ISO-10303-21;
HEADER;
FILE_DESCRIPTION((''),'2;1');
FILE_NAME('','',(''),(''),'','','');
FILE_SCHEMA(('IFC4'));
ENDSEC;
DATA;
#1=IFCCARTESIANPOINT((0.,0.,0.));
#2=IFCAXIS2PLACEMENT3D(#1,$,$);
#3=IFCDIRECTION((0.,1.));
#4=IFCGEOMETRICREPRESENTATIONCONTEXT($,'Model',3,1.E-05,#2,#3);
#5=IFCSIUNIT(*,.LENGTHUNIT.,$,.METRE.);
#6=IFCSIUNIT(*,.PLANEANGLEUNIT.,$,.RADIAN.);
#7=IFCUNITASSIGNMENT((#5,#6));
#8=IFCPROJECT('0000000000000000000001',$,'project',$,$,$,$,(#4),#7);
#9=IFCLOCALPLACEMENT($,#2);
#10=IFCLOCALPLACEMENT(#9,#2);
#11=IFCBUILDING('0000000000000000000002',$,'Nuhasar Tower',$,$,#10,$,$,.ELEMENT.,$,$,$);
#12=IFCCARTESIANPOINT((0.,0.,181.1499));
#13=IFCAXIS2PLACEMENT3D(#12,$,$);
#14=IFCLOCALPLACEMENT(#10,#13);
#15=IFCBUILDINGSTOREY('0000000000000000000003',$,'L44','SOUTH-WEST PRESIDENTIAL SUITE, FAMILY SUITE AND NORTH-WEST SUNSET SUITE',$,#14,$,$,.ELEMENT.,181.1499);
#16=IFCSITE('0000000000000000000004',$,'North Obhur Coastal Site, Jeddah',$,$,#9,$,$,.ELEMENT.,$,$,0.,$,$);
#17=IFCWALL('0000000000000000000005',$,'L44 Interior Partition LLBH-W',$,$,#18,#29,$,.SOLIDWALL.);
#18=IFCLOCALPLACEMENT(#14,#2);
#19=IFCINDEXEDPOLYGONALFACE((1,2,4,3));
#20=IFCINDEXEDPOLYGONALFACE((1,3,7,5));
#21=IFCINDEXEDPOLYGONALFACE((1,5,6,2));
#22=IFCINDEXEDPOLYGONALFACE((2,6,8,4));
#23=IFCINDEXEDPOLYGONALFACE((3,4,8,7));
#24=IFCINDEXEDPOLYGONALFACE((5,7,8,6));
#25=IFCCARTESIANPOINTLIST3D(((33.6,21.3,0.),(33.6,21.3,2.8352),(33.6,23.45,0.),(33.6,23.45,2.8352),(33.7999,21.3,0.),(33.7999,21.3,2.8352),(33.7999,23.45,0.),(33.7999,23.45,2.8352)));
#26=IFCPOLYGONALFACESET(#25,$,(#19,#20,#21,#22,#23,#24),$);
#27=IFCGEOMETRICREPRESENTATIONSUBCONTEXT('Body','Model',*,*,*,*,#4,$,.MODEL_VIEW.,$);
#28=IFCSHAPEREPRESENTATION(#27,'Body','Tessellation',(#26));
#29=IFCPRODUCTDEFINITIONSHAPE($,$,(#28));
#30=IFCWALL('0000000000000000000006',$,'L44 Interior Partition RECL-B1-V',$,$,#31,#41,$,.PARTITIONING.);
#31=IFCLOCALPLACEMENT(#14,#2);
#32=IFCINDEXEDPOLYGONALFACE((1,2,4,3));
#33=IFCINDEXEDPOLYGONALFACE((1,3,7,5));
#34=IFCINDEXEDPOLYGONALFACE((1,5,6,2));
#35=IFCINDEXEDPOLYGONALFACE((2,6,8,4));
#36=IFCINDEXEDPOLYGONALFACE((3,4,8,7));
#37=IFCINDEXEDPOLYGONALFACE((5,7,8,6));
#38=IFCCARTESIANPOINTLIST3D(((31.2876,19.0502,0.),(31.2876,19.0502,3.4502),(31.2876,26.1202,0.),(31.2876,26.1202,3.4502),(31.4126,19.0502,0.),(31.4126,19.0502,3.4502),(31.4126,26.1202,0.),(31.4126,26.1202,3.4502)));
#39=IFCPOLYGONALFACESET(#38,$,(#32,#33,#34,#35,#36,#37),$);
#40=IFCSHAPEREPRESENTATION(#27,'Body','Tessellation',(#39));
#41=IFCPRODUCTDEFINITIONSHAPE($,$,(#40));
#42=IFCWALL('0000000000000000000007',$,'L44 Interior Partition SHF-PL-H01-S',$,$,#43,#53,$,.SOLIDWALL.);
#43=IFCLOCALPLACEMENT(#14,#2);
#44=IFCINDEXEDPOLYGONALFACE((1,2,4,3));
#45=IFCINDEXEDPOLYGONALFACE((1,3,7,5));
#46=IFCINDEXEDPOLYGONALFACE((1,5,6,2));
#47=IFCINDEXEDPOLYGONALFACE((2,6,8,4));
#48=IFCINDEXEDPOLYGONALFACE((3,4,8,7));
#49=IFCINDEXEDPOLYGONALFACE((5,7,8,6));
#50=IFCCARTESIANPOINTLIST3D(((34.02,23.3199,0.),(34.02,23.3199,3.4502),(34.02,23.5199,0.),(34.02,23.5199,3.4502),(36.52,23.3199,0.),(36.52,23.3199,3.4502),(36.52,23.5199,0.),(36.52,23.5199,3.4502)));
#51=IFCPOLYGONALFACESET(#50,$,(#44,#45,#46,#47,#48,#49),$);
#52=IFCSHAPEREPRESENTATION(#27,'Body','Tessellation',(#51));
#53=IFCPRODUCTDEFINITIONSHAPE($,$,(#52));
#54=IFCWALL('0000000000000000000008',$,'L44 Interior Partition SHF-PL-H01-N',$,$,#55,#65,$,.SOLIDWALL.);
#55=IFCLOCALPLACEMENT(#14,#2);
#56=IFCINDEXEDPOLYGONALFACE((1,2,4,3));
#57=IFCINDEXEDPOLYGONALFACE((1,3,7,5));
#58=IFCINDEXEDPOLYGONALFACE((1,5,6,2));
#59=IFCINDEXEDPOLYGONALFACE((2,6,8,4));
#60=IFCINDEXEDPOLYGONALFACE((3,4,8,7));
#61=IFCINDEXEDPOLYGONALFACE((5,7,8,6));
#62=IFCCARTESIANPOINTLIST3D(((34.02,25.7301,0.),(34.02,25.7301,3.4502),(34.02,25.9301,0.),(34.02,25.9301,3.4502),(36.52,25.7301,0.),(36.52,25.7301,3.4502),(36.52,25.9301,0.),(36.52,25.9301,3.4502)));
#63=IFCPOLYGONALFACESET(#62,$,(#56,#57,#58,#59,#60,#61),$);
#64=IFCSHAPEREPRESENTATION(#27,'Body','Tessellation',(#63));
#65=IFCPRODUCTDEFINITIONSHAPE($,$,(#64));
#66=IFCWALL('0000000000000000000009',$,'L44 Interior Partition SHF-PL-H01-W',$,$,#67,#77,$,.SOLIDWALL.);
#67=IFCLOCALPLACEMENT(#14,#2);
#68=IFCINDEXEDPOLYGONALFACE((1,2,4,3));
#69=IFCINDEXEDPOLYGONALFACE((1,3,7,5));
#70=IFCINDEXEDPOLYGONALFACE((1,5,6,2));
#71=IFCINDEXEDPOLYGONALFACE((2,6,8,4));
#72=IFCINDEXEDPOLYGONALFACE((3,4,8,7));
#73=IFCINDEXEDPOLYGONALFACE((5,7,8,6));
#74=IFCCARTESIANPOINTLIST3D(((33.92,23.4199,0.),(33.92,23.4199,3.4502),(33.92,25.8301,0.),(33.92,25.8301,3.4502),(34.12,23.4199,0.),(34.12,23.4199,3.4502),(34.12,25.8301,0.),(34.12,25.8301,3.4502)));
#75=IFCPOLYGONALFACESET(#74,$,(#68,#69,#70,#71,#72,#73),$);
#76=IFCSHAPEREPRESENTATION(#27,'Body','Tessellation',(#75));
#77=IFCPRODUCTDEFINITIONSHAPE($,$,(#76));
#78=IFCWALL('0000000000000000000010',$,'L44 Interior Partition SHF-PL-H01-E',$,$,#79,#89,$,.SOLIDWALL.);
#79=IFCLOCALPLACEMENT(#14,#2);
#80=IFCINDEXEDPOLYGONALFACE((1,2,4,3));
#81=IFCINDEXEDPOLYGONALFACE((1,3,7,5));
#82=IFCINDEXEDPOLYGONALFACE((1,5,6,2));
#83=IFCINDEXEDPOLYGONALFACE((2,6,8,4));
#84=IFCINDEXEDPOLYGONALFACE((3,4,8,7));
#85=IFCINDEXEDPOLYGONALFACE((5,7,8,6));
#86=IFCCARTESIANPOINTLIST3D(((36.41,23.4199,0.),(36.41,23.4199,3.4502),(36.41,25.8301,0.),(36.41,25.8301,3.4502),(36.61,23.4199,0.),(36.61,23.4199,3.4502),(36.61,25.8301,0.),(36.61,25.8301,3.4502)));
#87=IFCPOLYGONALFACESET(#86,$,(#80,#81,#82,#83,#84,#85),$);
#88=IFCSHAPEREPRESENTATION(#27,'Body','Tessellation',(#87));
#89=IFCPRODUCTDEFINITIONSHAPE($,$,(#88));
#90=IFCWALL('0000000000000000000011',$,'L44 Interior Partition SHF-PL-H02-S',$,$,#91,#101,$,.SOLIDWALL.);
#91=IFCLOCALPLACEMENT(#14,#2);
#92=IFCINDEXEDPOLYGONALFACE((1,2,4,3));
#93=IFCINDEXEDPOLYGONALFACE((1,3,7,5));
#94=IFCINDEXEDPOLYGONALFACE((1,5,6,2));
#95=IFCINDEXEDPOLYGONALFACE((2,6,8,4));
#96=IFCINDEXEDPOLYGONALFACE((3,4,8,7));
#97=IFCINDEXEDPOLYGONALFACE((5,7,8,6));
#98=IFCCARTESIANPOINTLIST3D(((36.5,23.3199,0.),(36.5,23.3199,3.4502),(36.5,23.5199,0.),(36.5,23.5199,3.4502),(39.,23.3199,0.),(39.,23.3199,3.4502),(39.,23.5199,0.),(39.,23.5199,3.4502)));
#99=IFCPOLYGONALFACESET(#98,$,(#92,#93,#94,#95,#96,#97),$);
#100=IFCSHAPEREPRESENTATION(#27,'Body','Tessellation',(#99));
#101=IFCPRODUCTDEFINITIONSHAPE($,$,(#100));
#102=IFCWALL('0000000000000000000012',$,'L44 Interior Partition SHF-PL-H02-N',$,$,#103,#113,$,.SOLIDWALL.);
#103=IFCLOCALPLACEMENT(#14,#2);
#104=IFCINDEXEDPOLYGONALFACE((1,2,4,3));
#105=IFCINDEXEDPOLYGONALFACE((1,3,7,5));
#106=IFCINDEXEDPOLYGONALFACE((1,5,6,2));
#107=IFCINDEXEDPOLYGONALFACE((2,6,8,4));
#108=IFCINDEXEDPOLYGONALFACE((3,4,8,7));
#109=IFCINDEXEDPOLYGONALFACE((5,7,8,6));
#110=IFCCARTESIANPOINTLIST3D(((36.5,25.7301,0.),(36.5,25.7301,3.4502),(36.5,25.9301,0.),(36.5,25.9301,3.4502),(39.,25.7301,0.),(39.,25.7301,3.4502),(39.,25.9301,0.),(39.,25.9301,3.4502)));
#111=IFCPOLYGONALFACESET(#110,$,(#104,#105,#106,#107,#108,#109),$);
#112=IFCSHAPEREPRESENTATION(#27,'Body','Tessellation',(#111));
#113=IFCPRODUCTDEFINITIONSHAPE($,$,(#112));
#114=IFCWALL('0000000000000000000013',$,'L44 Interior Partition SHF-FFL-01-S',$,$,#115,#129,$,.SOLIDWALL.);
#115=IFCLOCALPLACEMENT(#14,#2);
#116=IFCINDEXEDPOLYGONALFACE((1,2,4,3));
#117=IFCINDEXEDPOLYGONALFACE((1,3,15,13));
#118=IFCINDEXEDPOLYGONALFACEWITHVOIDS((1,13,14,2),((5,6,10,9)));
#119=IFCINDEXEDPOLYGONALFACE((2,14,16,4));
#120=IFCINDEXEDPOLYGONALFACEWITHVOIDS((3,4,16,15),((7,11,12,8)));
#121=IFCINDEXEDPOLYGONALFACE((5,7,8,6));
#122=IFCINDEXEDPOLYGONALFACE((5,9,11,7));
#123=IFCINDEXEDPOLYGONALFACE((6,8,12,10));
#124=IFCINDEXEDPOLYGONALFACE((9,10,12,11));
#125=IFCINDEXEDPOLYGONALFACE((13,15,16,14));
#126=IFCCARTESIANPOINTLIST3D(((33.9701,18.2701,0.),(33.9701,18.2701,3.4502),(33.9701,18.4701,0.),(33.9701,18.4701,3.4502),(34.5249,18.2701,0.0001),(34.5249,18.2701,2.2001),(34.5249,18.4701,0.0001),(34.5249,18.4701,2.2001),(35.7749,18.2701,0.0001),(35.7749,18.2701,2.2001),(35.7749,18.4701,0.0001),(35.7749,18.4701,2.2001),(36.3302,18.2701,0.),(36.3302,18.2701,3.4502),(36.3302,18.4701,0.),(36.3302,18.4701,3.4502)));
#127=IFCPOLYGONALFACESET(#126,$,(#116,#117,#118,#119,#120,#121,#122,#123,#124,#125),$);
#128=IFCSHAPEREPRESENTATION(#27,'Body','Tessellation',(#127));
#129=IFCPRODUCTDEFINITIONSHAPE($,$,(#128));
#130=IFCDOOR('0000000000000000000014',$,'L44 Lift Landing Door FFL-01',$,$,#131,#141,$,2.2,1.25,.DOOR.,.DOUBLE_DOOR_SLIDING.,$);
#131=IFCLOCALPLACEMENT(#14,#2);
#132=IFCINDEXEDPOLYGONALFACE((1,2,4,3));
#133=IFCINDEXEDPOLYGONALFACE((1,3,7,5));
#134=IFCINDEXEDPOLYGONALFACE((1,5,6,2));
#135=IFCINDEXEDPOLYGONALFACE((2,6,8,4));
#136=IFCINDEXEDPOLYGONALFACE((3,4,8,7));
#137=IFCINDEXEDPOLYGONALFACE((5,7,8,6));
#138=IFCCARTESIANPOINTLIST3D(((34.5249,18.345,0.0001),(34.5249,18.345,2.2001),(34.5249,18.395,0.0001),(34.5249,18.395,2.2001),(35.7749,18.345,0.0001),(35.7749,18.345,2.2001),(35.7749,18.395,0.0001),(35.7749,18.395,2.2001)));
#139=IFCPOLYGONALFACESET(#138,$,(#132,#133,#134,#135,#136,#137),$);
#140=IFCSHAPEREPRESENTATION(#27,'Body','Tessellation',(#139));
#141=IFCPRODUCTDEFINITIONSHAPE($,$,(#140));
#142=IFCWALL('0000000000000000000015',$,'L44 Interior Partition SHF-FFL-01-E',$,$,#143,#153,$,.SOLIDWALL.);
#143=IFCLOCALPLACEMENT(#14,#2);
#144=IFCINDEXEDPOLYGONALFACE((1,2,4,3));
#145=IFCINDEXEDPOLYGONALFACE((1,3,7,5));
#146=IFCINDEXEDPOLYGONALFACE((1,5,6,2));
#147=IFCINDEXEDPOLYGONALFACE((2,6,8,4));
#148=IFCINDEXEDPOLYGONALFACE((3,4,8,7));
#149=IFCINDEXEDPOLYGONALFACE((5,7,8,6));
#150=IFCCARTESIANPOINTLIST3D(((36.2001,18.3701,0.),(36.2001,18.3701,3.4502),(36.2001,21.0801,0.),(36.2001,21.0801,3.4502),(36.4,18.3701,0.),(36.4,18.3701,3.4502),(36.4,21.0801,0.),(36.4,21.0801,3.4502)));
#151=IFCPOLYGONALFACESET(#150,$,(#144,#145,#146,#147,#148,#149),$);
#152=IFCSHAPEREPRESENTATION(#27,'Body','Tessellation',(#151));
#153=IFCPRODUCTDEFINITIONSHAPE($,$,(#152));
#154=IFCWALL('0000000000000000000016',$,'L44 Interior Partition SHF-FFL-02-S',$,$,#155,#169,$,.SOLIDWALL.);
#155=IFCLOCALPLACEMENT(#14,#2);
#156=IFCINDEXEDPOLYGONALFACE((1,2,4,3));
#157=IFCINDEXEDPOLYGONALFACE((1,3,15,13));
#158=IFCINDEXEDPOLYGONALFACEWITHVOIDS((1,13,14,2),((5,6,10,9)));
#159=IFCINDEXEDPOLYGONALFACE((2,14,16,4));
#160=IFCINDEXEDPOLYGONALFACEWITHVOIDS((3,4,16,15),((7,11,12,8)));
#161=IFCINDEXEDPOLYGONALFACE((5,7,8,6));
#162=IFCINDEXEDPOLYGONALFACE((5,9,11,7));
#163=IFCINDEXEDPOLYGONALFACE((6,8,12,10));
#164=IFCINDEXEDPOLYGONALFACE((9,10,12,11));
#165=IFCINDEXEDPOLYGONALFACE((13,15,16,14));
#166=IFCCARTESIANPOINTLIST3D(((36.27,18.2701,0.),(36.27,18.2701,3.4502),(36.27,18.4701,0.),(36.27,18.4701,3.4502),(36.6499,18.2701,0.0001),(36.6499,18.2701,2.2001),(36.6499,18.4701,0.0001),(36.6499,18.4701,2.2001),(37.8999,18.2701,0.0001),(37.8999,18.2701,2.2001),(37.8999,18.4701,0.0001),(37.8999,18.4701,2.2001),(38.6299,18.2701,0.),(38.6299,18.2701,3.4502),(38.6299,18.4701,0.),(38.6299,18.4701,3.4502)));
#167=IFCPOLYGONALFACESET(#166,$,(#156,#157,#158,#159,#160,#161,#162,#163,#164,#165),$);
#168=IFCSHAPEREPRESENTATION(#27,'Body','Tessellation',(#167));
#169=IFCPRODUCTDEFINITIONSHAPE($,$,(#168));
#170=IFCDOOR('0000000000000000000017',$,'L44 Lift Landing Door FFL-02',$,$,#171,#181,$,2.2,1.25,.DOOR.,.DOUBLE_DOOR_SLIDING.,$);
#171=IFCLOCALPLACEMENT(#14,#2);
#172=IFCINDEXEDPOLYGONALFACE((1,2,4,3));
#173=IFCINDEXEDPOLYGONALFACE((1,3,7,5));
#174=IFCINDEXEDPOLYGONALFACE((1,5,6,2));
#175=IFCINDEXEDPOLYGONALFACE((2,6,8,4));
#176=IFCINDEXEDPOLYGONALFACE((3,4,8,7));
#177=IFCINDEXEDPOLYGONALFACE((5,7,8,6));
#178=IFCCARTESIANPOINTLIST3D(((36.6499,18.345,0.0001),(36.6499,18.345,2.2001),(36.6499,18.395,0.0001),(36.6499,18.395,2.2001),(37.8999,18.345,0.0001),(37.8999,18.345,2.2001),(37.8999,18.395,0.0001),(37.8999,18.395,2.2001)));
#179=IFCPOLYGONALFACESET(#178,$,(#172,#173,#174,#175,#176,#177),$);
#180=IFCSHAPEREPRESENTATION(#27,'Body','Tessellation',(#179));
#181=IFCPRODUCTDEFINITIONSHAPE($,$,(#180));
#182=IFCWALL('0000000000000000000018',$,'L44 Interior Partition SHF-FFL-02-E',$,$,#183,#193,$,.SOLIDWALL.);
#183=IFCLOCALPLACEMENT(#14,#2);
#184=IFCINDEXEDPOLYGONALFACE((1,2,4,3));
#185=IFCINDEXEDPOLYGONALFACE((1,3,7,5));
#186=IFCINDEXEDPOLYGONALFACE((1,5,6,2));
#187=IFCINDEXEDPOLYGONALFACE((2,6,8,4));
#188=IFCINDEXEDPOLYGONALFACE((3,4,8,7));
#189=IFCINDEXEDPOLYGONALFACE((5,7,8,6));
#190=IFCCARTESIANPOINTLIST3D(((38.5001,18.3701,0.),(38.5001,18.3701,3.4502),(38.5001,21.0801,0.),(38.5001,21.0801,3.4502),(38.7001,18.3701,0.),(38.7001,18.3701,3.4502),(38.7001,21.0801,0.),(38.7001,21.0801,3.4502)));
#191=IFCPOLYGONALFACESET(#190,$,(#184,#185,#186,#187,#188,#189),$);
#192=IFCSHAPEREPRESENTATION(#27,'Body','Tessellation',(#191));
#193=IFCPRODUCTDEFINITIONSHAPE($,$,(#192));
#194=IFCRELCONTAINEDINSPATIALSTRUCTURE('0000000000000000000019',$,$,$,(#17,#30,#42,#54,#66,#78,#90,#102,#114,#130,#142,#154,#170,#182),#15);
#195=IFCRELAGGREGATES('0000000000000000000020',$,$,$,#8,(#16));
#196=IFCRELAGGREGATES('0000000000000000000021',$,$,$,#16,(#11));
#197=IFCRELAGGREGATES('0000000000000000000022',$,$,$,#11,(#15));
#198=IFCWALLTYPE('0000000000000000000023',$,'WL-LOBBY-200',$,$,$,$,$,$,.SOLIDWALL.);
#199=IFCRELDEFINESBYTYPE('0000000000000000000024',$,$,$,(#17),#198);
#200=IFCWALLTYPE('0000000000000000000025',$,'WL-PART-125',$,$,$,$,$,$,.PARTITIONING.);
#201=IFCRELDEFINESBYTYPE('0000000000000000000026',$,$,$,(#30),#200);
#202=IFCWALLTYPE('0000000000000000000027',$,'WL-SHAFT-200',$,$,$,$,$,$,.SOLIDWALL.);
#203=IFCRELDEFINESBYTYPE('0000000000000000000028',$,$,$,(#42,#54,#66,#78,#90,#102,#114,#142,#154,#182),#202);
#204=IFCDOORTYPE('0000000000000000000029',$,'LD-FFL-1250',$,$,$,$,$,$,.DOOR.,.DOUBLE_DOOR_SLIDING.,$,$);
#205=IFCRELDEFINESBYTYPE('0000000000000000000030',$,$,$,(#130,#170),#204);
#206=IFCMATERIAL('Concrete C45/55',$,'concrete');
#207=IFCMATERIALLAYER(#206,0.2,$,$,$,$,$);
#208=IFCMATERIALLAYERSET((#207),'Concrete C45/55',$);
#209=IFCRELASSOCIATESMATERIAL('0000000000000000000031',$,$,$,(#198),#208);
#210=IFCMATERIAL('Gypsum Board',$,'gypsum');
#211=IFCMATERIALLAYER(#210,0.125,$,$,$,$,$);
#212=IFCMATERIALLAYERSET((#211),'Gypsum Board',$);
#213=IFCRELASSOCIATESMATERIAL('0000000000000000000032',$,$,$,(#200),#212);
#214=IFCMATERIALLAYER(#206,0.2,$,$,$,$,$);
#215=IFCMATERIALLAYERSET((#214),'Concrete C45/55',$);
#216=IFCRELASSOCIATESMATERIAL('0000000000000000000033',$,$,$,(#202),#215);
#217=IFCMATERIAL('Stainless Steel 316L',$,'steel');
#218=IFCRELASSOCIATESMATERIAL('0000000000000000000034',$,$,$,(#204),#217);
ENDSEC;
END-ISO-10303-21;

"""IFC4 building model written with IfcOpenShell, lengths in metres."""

from ifc_helpers import new_model, si_unit, direction, frame, frame_2d, origin, place, context, subcontext, project, spatial, rectangle, extrude, material, layer, layer_set, type_object, element, fill, save


model = new_model("IFC4")

# Units and contexts
model_context = context("Model", 3, precision=1e-05, world=origin(), true_north=direction((0.0, 1.0)))
body_context = subcontext(model_context, "Body", "Model", "MODEL_VIEW")
ifc_project = project(units=[si_unit("LENGTHUNIT", "METRE"), si_unit("PLANEANGLEUNIT", "RADIAN")], contexts=[model_context])

# Site, building, storey
site_placement = place(None, origin())
site = spatial("IfcSite", under=ifc_project, at=site_placement, Name="North Obhur Coastal Site, Jeddah", CompositionType="ELEMENT", RefElevation=0.0)
building_placement = place(site_placement, origin())
building = spatial("IfcBuilding", under=site, at=building_placement, Name="Nuhasar Tower", CompositionType="ELEMENT")
storey_placement = place(building_placement, frame((0.0, 0.0, 181.1499)))
storey = spatial("IfcBuildingStorey", under=building, at=storey_placement, Name="L44", Description="SOUTH-WEST PRESIDENTIAL SUITE, FAMILY SUITE AND NORTH-WEST SUNSET SUITE", CompositionType="ELEMENT", Elevation=181.1499)

# Shared definitions
ifc_material_1 = material(Name="Gypsum Board", Category="gypsum")

# Walls
ifc_material_2 = material(Name="Concrete C45/55", Category="concrete")
ifc_layer_1 = layer(ifc_material_2, 0.2)
ifc_layer_set_1 = layer_set([ifc_layer_1], Name="Concrete C45/55")
wall_type_1 = type_object("IfcWallType", Name="WL-LOBBY-200", PredefinedType="SOLIDWALL", material=ifc_layer_set_1)
wall_1_placement = place(storey_placement, frame((33.7, 21.3, 0.0), z_axis=(0.0, 0.0, 1.0), x_axis=(0.0, 1.0, 0.0)))
element("IfcWall", 1, at=wall_1_placement, inside=storey, type_object=wall_type_1, Name="L44 Interior Partition LLBH-W", PredefinedType="SOLIDWALL", context=body_context, shape_type="SweptSolid", body=[
    extrude(rectangle(XDim=2.1499, YDim=0.2, at=frame_2d((1.075, 0.0))), origin(), (0.0, 0.0, 1.0), 2.8352),
])
ifc_layer_2 = layer(ifc_material_1, 0.125)
ifc_layer_set_2 = layer_set([ifc_layer_2], Name="Gypsum Board")
wall_type_2 = type_object("IfcWallType", Name="WL-PART-125", PredefinedType="PARTITIONING", material=ifc_layer_set_2)
wall_2_placement = place(storey_placement, frame((31.3501, 19.05, 0.0), z_axis=(0.0, 0.0, 1.0), x_axis=(0.0, 1.0, 0.0)))
element("IfcWall", 2, at=wall_2_placement, inside=storey, type_object=wall_type_2, Name="L44 Interior Partition RECL-B1-V", PredefinedType="PARTITIONING", context=body_context, shape_type="SweptSolid", body=[
    extrude(rectangle(XDim=7.0701, YDim=0.125, at=frame_2d((3.5352, 0.0))), origin(), (0.0, 0.0, 1.0), 3.4502),
])
ifc_layer_3 = layer(ifc_material_2, 0.2)
ifc_layer_set_3 = layer_set([ifc_layer_3], Name="Concrete C45/55")
wall_type_3 = type_object("IfcWallType", Name="WL-SHAFT-200", PredefinedType="SOLIDWALL", material=ifc_layer_set_3)
for number, where, z_axis, x_axis, name in (
    (3, (34.02, 23.4199, 0.0), (0.0, 0.0, 1.0), (1.0, 0.0, 0.0), "L44 Interior Partition SHF-PL-H01-S"),
    (4, (34.02, 25.8301, 0.0), (0.0, 0.0, 1.0), (1.0, 0.0, 0.0), "L44 Interior Partition SHF-PL-H01-N"),
):
    element("IfcWall", number, at=place(storey_placement, frame(where, z_axis=z_axis, x_axis=x_axis)), inside=storey, type_object=wall_type_3, Name=name, PredefinedType="SOLIDWALL", context=body_context, shape_type="SweptSolid", body=[
        extrude(rectangle(XDim=2.5, YDim=0.2, at=frame_2d((1.25, 0.0))), origin(), (0.0, 0.0, 1.0), 3.4502),
    ])
for number, where, z_axis, x_axis, name in (
    (5, (34.02, 23.4199, 0.0), (0.0, 0.0, 1.0), (0.0, 1.0, 0.0), "L44 Interior Partition SHF-PL-H01-W"),
    (6, (36.51, 23.4199, 0.0), (0.0, 0.0, 1.0), (0.0, 1.0, 0.0), "L44 Interior Partition SHF-PL-H01-E"),
):
    element("IfcWall", number, at=place(storey_placement, frame(where, z_axis=z_axis, x_axis=x_axis)), inside=storey, type_object=wall_type_3, Name=name, PredefinedType="SOLIDWALL", context=body_context, shape_type="SweptSolid", body=[
        extrude(rectangle(XDim=2.4102, YDim=0.2, at=frame_2d((1.2051, 0.0))), origin(), (0.0, 0.0, 1.0), 3.4502),
    ])
for number, where, z_axis, x_axis, name in (
    (7, (36.5, 23.4199, 0.0), (0.0, 0.0, 1.0), (1.0, 0.0, 0.0), "L44 Interior Partition SHF-PL-H02-S"),
    (8, (36.5, 25.8301, 0.0), (0.0, 0.0, 1.0), (1.0, 0.0, 0.0), "L44 Interior Partition SHF-PL-H02-N"),
):
    element("IfcWall", number, at=place(storey_placement, frame(where, z_axis=z_axis, x_axis=x_axis)), inside=storey, type_object=wall_type_3, Name=name, PredefinedType="SOLIDWALL", context=body_context, shape_type="SweptSolid", body=[
        extrude(rectangle(XDim=2.5, YDim=0.2, at=frame_2d((1.25, 0.0))), origin(), (0.0, 0.0, 1.0), 3.4502),
    ])

# Wall, opening, door
wall_3_placement = place(storey_placement, frame((33.97, 18.3701, 0.0), z_axis=(0.0, 0.0, 1.0), x_axis=(1.0, 0.0, 0.0)))
wall_3 = element("IfcWall", 9, at=wall_3_placement, inside=storey, type_object=wall_type_3, Name="L44 Interior Partition SHF-FFL-01-S", PredefinedType="SOLIDWALL", context=body_context, shape_type="SweptSolid", body=[
    extrude(rectangle(XDim=2.3601, YDim=0.2, at=frame_2d((1.1802, 0.0))), origin(), (0.0, 0.0, 1.0), 3.4502),
])
opening_1_placement = place(wall_3_placement, frame((0.5549, 0.0, 0.0)))
opening_1 = element("IfcOpeningElement", 10, at=opening_1_placement, cuts=wall_3, PredefinedType="OPENING", context=body_context, shape_type="SweptSolid", body=[
    extrude(rectangle(XDim=1.25, YDim=2.2, at=frame_2d((0.625, 1.1001))), frame((0.0, 0.1099, 0.0), z_axis=(0.0, -1.0, 0.0), x_axis=(1.0, 0.0, 0.0)), (0.0, 0.0, 1.0), 0.22),
])
ifc_material_3 = material(Name="Stainless Steel 316L", Category="steel")
door_type_1 = type_object("IfcDoorType", Name="LD-FFL-1250", OperationType="DOUBLE_DOOR_SLIDING", PredefinedType="DOOR", material=ifc_material_3)
door_1_placement = place(opening_1_placement, origin())
door_1 = element("IfcDoor", 11, at=door_1_placement, inside=storey, type_object=door_type_1, Name="L44 Lift Landing Door FFL-01", OperationType="DOUBLE_DOOR_SLIDING", OverallHeight=2.2, OverallWidth=1.25, PredefinedType="DOOR", context=body_context, shape_type="SweptSolid", body=[
    extrude(rectangle(XDim=1.25, YDim=2.2, at=frame_2d((0.625, 1.1001))), frame((0.0, 0.0249, 0.0), z_axis=(0.0, -1.0, 0.0), x_axis=(1.0, 0.0, 0.0)), (0.0, 0.0, 1.0), 0.05),
])
fill(opening_1, door_1)

# Wall
wall_4_placement = place(storey_placement, frame((36.3, 18.3701, 0.0), z_axis=(0.0, 0.0, 1.0), x_axis=(0.0, 1.0, 0.0)))
element("IfcWall", 12, at=wall_4_placement, inside=storey, type_object=wall_type_3, Name="L44 Interior Partition SHF-FFL-01-E", PredefinedType="SOLIDWALL", context=body_context, shape_type="SweptSolid", body=[
    extrude(rectangle(XDim=2.71, YDim=0.2, at=frame_2d((1.355, 0.0))), origin(), (0.0, 0.0, 1.0), 3.4502),
])

# Wall, opening, door
wall_5_placement = place(storey_placement, frame((36.27, 18.3701, 0.0), z_axis=(0.0, 0.0, 1.0), x_axis=(1.0, 0.0, 0.0)))
wall_5 = element("IfcWall", 13, at=wall_5_placement, inside=storey, type_object=wall_type_3, Name="L44 Interior Partition SHF-FFL-02-S", PredefinedType="SOLIDWALL", context=body_context, shape_type="SweptSolid", body=[
    extrude(rectangle(XDim=2.3599, YDim=0.2, at=frame_2d((1.1799, 0.0))), origin(), (0.0, 0.0, 1.0), 3.4502),
])
opening_2_placement = place(wall_5_placement, frame((0.3799, 0.0, 0.0)))
opening_2 = element("IfcOpeningElement", 14, at=opening_2_placement, cuts=wall_5, PredefinedType="OPENING", context=body_context, shape_type="SweptSolid", body=[
    extrude(rectangle(XDim=1.25, YDim=2.2, at=frame_2d((0.625, 1.1001))), frame((0.0, 0.1099, 0.0), z_axis=(0.0, -1.0, 0.0), x_axis=(1.0, 0.0, 0.0)), (0.0, 0.0, 1.0), 0.22),
])
door_2_placement = place(opening_2_placement, origin())
door_2 = element("IfcDoor", 15, at=door_2_placement, inside=storey, type_object=door_type_1, Name="L44 Lift Landing Door FFL-02", OperationType="DOUBLE_DOOR_SLIDING", OverallHeight=2.2, OverallWidth=1.25, PredefinedType="DOOR", context=body_context, shape_type="SweptSolid", body=[
    extrude(rectangle(XDim=1.25, YDim=2.2, at=frame_2d((0.625, 1.1001))), frame((0.0, 0.0249, 0.0), z_axis=(0.0, -1.0, 0.0), x_axis=(1.0, 0.0, 0.0)), (0.0, 0.0, 1.0), 0.05),
])
fill(opening_2, door_2)

# Wall
wall_6_placement = place(storey_placement, frame((38.6001, 18.3701, 0.0), z_axis=(0.0, 0.0, 1.0), x_axis=(0.0, 1.0, 0.0)))
element("IfcWall", 16, at=wall_6_placement, inside=storey, type_object=wall_type_3, Name="L44 Interior Partition SHF-FFL-02-E", PredefinedType="SOLIDWALL", context=body_context, shape_type="SweptSolid", body=[
    extrude(rectangle(XDim=2.71, YDim=0.2, at=frame_2d((1.355, 0.0))), origin(), (0.0, 0.0, 1.0), 3.4502),
])

save(model, "model.ifc")
